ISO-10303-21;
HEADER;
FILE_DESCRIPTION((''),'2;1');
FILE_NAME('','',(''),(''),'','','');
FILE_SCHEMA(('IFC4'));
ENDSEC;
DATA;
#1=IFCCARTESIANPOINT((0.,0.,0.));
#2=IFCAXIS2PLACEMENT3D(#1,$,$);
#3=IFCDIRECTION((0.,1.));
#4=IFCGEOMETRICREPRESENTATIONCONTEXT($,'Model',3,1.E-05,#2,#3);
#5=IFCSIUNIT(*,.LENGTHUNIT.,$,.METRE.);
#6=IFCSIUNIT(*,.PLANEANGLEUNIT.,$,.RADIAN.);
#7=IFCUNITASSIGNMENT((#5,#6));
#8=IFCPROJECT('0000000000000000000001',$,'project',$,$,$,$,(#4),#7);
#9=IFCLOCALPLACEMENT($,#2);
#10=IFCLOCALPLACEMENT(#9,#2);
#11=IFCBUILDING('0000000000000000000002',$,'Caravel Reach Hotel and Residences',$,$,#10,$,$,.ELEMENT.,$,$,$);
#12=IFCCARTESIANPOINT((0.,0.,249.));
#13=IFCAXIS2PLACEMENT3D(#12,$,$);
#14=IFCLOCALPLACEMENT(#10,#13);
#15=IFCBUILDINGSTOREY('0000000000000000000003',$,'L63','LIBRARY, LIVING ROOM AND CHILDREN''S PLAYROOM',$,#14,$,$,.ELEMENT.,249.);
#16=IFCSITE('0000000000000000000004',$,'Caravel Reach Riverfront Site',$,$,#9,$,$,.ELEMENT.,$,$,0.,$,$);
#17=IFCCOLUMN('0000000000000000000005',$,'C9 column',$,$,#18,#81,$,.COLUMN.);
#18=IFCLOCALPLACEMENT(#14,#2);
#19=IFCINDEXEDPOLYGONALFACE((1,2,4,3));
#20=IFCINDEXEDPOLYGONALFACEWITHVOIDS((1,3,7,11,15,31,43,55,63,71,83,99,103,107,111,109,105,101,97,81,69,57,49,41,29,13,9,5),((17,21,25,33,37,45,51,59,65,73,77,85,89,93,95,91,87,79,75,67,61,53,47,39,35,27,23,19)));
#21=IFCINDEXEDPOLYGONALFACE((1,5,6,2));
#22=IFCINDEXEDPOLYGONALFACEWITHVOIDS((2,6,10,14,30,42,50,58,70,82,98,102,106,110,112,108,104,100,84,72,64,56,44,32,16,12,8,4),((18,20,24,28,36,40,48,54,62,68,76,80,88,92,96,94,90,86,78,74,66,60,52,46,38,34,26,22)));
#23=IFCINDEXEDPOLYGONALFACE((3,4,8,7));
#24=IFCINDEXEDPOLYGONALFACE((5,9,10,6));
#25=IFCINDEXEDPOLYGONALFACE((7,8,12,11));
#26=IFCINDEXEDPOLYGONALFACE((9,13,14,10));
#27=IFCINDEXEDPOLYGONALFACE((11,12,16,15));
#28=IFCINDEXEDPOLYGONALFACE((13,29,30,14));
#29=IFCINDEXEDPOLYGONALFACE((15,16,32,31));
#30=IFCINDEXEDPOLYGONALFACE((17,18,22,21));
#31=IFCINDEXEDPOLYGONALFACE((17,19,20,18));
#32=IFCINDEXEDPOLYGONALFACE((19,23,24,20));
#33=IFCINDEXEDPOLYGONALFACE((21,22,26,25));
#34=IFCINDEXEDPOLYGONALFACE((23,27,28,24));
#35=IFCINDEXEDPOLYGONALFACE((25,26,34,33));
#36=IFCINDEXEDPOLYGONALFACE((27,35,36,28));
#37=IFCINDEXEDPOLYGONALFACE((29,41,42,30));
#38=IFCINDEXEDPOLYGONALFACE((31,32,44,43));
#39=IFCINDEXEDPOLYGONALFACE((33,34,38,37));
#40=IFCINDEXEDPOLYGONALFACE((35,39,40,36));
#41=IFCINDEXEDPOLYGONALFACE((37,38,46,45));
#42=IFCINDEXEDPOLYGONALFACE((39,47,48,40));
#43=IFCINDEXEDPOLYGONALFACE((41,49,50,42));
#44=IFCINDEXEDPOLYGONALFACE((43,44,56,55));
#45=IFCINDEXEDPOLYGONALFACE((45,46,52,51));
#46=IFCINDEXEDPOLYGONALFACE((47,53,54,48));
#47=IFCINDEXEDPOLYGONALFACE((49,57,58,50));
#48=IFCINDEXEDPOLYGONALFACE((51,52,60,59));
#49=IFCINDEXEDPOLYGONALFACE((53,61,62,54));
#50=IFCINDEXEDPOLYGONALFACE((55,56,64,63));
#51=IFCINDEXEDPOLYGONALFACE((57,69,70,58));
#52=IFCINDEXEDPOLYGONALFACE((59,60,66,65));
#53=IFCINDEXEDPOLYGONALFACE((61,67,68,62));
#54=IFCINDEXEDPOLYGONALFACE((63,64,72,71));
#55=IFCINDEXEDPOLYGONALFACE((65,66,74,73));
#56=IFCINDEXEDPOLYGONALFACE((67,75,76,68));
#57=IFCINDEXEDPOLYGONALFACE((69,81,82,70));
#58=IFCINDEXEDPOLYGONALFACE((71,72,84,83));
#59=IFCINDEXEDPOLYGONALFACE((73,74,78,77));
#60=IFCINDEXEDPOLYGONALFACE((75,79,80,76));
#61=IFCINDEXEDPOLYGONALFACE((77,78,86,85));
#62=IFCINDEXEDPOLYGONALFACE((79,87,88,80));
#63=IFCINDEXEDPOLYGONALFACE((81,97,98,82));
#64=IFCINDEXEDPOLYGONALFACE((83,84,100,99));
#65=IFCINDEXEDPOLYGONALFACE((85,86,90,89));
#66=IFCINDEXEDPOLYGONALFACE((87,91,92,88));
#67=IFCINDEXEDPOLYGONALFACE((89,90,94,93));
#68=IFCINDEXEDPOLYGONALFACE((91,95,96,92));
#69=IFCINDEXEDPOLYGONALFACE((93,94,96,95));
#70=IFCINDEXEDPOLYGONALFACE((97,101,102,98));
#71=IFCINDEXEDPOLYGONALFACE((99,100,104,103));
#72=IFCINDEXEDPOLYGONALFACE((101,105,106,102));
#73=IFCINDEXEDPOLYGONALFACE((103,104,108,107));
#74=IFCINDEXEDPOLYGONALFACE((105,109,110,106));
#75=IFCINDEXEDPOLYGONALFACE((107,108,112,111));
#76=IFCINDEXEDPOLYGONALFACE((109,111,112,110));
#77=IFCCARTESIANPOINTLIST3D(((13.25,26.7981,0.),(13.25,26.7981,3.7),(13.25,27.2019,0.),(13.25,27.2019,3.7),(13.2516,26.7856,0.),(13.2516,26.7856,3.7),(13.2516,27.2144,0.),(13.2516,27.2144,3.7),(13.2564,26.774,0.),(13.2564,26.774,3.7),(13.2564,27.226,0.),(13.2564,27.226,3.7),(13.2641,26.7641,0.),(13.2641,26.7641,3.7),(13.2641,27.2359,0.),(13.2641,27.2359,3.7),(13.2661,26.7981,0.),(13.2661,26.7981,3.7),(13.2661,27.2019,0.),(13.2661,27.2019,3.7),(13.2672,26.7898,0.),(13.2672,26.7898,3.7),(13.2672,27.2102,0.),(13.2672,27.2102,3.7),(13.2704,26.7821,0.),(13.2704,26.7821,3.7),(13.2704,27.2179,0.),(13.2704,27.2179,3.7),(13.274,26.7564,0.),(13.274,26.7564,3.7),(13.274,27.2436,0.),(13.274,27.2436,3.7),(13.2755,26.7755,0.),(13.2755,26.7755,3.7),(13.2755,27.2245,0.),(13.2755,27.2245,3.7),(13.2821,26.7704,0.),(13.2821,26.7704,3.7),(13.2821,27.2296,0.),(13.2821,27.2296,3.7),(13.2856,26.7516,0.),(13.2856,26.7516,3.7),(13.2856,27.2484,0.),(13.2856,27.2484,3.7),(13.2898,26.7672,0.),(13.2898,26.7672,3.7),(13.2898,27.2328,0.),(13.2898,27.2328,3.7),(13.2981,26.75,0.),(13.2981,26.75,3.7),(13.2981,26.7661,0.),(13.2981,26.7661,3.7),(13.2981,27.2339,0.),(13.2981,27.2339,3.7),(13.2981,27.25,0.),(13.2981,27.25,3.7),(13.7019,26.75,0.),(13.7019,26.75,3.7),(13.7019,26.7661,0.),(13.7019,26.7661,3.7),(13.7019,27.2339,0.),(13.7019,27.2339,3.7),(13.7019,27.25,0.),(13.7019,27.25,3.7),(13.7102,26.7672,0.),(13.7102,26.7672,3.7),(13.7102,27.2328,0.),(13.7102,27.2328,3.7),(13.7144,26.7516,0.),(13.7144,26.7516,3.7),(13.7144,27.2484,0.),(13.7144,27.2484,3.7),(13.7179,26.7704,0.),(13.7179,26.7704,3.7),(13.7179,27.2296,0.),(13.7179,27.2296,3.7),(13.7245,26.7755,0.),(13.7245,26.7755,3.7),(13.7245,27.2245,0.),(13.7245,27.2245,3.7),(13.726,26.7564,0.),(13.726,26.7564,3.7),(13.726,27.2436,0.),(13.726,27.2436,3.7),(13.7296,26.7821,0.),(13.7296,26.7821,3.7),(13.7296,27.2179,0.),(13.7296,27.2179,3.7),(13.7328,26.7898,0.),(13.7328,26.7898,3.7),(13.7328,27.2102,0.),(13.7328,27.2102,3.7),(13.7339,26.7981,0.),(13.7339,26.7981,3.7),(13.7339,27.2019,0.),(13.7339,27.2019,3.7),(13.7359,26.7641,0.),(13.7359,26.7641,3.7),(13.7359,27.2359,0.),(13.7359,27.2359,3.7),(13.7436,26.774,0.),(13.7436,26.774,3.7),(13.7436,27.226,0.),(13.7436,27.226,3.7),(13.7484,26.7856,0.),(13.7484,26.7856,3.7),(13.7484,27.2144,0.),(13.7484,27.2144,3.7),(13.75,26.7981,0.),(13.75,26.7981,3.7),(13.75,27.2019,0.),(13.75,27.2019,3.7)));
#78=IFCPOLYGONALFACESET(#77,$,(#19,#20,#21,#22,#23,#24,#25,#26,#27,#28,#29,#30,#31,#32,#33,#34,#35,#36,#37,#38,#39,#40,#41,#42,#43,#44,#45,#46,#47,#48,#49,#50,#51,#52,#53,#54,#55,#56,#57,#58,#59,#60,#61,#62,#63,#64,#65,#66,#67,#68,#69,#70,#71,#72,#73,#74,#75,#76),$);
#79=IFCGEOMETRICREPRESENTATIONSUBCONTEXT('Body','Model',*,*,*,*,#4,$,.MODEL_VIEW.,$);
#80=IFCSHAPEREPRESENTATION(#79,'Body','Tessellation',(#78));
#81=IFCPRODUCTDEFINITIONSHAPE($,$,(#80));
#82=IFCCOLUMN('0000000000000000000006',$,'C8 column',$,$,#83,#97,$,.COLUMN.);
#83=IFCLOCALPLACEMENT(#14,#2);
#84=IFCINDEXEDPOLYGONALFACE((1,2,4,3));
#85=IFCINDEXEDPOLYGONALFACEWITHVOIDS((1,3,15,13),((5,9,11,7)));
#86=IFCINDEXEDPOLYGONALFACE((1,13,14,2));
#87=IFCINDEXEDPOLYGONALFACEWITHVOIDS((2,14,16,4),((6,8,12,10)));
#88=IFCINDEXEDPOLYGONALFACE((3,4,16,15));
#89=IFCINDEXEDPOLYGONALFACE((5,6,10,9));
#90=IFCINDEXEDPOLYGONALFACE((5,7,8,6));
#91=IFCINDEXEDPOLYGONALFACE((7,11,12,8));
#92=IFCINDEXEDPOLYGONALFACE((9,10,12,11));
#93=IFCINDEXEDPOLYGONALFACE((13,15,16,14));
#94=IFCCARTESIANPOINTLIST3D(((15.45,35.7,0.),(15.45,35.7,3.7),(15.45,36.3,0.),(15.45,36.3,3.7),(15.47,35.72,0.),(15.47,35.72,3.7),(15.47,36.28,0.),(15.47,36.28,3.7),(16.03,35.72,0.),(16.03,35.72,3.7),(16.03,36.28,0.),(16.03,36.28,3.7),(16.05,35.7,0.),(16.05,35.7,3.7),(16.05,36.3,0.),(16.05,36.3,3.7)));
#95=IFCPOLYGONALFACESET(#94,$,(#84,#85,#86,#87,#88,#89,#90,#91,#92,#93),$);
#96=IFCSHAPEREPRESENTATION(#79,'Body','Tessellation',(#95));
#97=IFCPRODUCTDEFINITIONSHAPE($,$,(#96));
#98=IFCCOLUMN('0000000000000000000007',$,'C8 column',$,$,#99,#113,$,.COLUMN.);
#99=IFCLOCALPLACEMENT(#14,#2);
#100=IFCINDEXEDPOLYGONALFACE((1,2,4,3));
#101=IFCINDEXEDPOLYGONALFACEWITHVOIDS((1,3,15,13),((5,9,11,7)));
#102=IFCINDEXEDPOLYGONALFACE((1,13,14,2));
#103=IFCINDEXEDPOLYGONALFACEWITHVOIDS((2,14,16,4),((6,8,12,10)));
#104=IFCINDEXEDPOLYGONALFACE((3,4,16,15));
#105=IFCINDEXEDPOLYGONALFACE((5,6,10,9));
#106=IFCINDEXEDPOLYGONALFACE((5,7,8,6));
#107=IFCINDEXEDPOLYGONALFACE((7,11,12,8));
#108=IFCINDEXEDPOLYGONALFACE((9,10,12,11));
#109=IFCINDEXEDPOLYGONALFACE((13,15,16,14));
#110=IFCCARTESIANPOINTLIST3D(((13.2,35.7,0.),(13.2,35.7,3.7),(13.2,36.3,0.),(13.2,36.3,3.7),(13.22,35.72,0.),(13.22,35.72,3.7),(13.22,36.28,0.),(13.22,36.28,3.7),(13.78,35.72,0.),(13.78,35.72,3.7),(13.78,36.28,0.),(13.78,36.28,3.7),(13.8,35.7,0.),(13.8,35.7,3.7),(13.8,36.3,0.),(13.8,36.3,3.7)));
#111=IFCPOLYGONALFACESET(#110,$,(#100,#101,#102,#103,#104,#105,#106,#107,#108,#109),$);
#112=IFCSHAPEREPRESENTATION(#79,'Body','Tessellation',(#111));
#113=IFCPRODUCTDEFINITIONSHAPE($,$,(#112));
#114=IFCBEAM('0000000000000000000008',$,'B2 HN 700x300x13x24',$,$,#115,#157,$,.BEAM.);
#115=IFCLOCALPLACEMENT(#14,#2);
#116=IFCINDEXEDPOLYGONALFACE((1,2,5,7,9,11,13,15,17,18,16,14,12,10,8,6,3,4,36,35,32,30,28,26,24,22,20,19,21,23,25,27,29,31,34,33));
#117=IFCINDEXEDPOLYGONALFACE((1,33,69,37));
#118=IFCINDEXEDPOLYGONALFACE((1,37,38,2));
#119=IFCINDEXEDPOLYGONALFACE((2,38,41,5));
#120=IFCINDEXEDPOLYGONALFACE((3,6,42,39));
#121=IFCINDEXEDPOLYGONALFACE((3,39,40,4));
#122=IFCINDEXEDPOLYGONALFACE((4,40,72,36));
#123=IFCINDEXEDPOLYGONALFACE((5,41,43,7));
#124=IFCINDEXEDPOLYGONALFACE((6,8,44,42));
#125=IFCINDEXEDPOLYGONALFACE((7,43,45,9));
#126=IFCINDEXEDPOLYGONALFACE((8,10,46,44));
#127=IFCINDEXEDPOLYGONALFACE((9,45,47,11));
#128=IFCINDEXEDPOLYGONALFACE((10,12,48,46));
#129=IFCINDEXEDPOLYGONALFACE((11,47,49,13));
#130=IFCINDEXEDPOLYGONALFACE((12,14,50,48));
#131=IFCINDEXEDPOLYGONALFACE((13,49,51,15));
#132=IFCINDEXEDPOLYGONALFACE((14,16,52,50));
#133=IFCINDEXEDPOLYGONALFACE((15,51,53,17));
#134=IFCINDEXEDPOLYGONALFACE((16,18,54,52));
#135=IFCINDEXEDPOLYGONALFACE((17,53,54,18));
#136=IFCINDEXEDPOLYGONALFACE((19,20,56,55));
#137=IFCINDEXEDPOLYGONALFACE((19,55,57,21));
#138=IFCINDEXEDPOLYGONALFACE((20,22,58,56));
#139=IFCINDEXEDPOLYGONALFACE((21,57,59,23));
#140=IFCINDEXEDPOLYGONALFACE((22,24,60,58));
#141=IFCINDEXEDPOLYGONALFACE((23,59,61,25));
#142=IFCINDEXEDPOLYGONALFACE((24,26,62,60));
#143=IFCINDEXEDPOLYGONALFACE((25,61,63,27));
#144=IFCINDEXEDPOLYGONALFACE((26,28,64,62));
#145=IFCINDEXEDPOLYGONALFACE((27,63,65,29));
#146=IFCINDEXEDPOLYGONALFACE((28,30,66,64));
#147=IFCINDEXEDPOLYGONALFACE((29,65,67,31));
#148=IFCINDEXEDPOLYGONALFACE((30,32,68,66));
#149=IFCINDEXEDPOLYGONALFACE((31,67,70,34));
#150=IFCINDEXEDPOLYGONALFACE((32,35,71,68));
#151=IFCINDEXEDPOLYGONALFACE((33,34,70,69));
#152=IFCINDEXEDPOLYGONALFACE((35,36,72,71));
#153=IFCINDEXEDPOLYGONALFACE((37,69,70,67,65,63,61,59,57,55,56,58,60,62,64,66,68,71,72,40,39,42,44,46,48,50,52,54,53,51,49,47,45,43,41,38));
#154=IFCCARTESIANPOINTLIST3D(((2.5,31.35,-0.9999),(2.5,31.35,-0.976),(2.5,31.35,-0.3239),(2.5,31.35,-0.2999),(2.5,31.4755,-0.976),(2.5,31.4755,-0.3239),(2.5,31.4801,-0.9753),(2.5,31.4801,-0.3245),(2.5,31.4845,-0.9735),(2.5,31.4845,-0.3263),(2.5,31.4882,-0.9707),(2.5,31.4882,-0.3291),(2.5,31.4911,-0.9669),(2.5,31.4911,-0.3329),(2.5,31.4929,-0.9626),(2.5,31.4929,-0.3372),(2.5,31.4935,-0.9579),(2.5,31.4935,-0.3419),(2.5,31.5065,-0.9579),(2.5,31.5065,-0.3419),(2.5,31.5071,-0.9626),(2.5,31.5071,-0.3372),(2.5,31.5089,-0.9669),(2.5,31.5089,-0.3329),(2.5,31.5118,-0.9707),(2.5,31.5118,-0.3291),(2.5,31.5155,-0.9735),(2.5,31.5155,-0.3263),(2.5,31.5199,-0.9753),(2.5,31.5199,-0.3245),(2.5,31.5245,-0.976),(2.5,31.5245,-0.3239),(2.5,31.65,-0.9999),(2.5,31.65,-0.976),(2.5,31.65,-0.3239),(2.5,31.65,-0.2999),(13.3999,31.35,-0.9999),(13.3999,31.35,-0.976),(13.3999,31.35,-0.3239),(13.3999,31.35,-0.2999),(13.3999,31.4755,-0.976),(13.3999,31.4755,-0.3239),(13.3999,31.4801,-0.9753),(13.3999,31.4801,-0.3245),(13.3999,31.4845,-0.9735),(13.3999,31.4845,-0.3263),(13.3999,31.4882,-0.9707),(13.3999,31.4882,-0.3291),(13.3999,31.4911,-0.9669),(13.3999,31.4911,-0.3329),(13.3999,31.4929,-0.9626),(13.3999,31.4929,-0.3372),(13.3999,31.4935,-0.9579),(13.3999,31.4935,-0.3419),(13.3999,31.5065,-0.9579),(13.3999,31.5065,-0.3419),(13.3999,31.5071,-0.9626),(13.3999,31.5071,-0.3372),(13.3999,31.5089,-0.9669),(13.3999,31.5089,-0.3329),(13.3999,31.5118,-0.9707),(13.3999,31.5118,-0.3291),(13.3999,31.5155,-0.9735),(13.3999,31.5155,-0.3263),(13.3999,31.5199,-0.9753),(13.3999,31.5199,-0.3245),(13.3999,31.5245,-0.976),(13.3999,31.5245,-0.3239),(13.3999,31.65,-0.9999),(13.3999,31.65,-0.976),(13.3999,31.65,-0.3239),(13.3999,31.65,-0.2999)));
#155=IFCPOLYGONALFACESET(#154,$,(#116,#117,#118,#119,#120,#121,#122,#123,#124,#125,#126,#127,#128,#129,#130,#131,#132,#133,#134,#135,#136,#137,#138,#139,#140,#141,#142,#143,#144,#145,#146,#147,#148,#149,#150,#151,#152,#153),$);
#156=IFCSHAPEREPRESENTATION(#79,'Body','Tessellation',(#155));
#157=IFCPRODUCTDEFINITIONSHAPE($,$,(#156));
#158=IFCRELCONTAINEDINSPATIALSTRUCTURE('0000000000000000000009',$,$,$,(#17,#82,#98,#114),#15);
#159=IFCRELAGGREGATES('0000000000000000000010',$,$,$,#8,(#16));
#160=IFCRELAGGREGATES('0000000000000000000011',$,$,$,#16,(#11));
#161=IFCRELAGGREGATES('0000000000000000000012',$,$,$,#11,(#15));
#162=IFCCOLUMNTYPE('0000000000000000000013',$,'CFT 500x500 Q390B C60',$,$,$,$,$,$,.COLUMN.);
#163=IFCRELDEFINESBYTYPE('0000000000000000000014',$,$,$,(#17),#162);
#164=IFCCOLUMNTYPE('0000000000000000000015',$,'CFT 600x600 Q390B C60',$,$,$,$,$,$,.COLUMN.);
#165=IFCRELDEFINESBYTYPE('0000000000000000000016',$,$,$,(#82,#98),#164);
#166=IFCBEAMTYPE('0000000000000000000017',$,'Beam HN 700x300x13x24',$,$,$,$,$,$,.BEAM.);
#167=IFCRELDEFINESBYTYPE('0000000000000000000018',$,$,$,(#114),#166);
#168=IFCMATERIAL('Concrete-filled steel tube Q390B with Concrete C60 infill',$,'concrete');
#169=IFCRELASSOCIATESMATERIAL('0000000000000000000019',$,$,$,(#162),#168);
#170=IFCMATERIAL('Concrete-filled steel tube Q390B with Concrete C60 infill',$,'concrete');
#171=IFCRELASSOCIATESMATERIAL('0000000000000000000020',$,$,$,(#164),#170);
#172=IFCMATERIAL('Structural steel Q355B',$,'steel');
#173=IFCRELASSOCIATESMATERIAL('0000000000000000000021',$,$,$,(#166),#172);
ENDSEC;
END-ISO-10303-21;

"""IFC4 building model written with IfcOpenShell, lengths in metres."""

from ifc_helpers import new_model, si_unit, direction, frame, origin, origin_2d, place, context, subcontext, project, spatial, hollow_rectangle, i_section, extrude, material, material_profile, profile_set, type_object, element, save


model = new_model("IFC4")

# Units and contexts
model_context = context("Model", 3, precision=1e-05, world=origin(), true_north=direction((0.0, 1.0)))
body_context = subcontext(model_context, "Body", "Model", "MODEL_VIEW")
ifc_project = project(units=[si_unit("LENGTHUNIT", "METRE"), si_unit("PLANEANGLEUNIT", "RADIAN")], contexts=[model_context])

# Site, building, storey
site_placement = place(None, origin())
site = spatial("IfcSite", under=ifc_project, at=site_placement, Name="Caravel Reach Riverfront Site", CompositionType="ELEMENT", RefElevation=0.0)
building_placement = place(site_placement, origin())
building = spatial("IfcBuilding", under=site, at=building_placement, Name="Caravel Reach Hotel and Residences", CompositionType="ELEMENT")
storey_placement = place(building_placement, frame((0.0, 0.0, 249.0)))
storey = spatial("IfcBuildingStorey", under=building, at=storey_placement, Name="L63", Description="LIBRARY, LIVING ROOM AND CHILDREN'S PLAYROOM", CompositionType="ELEMENT", Elevation=249.0)

# Columns
ifc_material_1 = material(Name="Concrete-filled steel tube Q390B with Concrete C60 infill", Category="concrete")
ifc_material_profile_1 = material_profile(ifc_material_1, hollow_rectangle(XDim=0.5, YDim=0.5, WallThickness=0.0161, InnerFilletRadius=0.032, OuterFilletRadius=0.0481, at=origin_2d()), Name="RHS 500x500x16")
ifc_profile_set_1 = profile_set([ifc_material_profile_1], Name="Concrete-filled steel tube Q390B with Concrete C60 infill")
column_type_1 = type_object("IfcColumnType", Name="CFT 500x500 Q390B C60", PredefinedType="COLUMN", material=ifc_profile_set_1)
column_placement = place(storey_placement, frame((13.5, 27.0, 0.0), z_axis=(0.0, 0.0, 1.0), x_axis=(1.0, 0.0, 0.0)))
element("IfcColumn", 1, at=column_placement, inside=storey, type_object=column_type_1, Name="C9 column", PredefinedType="COLUMN", context=body_context, shape_type="SweptSolid", body=[
    extrude(hollow_rectangle(XDim=0.5, YDim=0.5, WallThickness=0.0161, InnerFilletRadius=0.032, OuterFilletRadius=0.0481, at=origin_2d()), origin(), (0.0, 0.0, 1.0), 3.7),
])
ifc_material_2 = material(Name="Concrete-filled steel tube Q390B with Concrete C60 infill", Category="concrete")
ifc_material_profile_2 = material_profile(ifc_material_2, hollow_rectangle(XDim=0.6001, YDim=0.6001, WallThickness=0.02, at=origin_2d()), Name="RHS 600x600x20")
ifc_profile_set_2 = profile_set([ifc_material_profile_2], Name="Concrete-filled steel tube Q390B with Concrete C60 infill")
column_type_2 = type_object("IfcColumnType", Name="CFT 600x600 Q390B C60", PredefinedType="COLUMN", material=ifc_profile_set_2)
for number, where, z_axis, x_axis, name in (
    (2, (15.75, 36.0, 0.0), (0.0, 0.0, 1.0), (1.0, 0.0, 0.0), "C8 column"),
    (3, (13.5, 36.0, 0.0), (0.0, 0.0, 1.0), (1.0, 0.0, 0.0), "C8 column"),
):
    element("IfcColumn", number, at=place(storey_placement, frame(where, z_axis=z_axis, x_axis=x_axis)), inside=storey, type_object=column_type_2, Name=name, PredefinedType="COLUMN", context=body_context, shape_type="SweptSolid", body=[
        extrude(hollow_rectangle(XDim=0.6001, YDim=0.6001, WallThickness=0.02, at=origin_2d()), origin(), (0.0, 0.0, 1.0), 3.7),
    ])

# Beam
ifc_material_3 = material(Name="Structural steel Q355B", Category="steel")
ifc_material_profile_3 = material_profile(ifc_material_3, i_section(OverallWidth=0.3, OverallDepth=0.7, WebThickness=0.0129, FlangeThickness=0.0239, FilletRadius=0.0181, at=origin_2d()), Name="HN 700x300x13x24")
ifc_profile_set_3 = profile_set([ifc_material_profile_3], Name="Structural steel Q355B")
beam_type_1 = type_object("IfcBeamType", Name="Beam HN 700x300x13x24", PredefinedType="BEAM", material=ifc_profile_set_3)
beam_1_placement = place(storey_placement, frame((13.3999, 31.5, -0.6499), z_axis=(-1.0, 0.0, 0.0), x_axis=(0.0, -1.0, 0.0)))
element("IfcBeam", 4, at=beam_1_placement, inside=storey, type_object=beam_type_1, Name="B2 HN 700x300x13x24", PredefinedType="BEAM", context=body_context, shape_type="SweptSolid", body=[
    extrude(i_section(OverallWidth=0.3, OverallDepth=0.7, WebThickness=0.0129, FlangeThickness=0.0239, FilletRadius=0.0181, at=origin_2d()), origin(), (0.0, 0.0, 1.0), 10.8999),
])

save(model, "model.ifc")
